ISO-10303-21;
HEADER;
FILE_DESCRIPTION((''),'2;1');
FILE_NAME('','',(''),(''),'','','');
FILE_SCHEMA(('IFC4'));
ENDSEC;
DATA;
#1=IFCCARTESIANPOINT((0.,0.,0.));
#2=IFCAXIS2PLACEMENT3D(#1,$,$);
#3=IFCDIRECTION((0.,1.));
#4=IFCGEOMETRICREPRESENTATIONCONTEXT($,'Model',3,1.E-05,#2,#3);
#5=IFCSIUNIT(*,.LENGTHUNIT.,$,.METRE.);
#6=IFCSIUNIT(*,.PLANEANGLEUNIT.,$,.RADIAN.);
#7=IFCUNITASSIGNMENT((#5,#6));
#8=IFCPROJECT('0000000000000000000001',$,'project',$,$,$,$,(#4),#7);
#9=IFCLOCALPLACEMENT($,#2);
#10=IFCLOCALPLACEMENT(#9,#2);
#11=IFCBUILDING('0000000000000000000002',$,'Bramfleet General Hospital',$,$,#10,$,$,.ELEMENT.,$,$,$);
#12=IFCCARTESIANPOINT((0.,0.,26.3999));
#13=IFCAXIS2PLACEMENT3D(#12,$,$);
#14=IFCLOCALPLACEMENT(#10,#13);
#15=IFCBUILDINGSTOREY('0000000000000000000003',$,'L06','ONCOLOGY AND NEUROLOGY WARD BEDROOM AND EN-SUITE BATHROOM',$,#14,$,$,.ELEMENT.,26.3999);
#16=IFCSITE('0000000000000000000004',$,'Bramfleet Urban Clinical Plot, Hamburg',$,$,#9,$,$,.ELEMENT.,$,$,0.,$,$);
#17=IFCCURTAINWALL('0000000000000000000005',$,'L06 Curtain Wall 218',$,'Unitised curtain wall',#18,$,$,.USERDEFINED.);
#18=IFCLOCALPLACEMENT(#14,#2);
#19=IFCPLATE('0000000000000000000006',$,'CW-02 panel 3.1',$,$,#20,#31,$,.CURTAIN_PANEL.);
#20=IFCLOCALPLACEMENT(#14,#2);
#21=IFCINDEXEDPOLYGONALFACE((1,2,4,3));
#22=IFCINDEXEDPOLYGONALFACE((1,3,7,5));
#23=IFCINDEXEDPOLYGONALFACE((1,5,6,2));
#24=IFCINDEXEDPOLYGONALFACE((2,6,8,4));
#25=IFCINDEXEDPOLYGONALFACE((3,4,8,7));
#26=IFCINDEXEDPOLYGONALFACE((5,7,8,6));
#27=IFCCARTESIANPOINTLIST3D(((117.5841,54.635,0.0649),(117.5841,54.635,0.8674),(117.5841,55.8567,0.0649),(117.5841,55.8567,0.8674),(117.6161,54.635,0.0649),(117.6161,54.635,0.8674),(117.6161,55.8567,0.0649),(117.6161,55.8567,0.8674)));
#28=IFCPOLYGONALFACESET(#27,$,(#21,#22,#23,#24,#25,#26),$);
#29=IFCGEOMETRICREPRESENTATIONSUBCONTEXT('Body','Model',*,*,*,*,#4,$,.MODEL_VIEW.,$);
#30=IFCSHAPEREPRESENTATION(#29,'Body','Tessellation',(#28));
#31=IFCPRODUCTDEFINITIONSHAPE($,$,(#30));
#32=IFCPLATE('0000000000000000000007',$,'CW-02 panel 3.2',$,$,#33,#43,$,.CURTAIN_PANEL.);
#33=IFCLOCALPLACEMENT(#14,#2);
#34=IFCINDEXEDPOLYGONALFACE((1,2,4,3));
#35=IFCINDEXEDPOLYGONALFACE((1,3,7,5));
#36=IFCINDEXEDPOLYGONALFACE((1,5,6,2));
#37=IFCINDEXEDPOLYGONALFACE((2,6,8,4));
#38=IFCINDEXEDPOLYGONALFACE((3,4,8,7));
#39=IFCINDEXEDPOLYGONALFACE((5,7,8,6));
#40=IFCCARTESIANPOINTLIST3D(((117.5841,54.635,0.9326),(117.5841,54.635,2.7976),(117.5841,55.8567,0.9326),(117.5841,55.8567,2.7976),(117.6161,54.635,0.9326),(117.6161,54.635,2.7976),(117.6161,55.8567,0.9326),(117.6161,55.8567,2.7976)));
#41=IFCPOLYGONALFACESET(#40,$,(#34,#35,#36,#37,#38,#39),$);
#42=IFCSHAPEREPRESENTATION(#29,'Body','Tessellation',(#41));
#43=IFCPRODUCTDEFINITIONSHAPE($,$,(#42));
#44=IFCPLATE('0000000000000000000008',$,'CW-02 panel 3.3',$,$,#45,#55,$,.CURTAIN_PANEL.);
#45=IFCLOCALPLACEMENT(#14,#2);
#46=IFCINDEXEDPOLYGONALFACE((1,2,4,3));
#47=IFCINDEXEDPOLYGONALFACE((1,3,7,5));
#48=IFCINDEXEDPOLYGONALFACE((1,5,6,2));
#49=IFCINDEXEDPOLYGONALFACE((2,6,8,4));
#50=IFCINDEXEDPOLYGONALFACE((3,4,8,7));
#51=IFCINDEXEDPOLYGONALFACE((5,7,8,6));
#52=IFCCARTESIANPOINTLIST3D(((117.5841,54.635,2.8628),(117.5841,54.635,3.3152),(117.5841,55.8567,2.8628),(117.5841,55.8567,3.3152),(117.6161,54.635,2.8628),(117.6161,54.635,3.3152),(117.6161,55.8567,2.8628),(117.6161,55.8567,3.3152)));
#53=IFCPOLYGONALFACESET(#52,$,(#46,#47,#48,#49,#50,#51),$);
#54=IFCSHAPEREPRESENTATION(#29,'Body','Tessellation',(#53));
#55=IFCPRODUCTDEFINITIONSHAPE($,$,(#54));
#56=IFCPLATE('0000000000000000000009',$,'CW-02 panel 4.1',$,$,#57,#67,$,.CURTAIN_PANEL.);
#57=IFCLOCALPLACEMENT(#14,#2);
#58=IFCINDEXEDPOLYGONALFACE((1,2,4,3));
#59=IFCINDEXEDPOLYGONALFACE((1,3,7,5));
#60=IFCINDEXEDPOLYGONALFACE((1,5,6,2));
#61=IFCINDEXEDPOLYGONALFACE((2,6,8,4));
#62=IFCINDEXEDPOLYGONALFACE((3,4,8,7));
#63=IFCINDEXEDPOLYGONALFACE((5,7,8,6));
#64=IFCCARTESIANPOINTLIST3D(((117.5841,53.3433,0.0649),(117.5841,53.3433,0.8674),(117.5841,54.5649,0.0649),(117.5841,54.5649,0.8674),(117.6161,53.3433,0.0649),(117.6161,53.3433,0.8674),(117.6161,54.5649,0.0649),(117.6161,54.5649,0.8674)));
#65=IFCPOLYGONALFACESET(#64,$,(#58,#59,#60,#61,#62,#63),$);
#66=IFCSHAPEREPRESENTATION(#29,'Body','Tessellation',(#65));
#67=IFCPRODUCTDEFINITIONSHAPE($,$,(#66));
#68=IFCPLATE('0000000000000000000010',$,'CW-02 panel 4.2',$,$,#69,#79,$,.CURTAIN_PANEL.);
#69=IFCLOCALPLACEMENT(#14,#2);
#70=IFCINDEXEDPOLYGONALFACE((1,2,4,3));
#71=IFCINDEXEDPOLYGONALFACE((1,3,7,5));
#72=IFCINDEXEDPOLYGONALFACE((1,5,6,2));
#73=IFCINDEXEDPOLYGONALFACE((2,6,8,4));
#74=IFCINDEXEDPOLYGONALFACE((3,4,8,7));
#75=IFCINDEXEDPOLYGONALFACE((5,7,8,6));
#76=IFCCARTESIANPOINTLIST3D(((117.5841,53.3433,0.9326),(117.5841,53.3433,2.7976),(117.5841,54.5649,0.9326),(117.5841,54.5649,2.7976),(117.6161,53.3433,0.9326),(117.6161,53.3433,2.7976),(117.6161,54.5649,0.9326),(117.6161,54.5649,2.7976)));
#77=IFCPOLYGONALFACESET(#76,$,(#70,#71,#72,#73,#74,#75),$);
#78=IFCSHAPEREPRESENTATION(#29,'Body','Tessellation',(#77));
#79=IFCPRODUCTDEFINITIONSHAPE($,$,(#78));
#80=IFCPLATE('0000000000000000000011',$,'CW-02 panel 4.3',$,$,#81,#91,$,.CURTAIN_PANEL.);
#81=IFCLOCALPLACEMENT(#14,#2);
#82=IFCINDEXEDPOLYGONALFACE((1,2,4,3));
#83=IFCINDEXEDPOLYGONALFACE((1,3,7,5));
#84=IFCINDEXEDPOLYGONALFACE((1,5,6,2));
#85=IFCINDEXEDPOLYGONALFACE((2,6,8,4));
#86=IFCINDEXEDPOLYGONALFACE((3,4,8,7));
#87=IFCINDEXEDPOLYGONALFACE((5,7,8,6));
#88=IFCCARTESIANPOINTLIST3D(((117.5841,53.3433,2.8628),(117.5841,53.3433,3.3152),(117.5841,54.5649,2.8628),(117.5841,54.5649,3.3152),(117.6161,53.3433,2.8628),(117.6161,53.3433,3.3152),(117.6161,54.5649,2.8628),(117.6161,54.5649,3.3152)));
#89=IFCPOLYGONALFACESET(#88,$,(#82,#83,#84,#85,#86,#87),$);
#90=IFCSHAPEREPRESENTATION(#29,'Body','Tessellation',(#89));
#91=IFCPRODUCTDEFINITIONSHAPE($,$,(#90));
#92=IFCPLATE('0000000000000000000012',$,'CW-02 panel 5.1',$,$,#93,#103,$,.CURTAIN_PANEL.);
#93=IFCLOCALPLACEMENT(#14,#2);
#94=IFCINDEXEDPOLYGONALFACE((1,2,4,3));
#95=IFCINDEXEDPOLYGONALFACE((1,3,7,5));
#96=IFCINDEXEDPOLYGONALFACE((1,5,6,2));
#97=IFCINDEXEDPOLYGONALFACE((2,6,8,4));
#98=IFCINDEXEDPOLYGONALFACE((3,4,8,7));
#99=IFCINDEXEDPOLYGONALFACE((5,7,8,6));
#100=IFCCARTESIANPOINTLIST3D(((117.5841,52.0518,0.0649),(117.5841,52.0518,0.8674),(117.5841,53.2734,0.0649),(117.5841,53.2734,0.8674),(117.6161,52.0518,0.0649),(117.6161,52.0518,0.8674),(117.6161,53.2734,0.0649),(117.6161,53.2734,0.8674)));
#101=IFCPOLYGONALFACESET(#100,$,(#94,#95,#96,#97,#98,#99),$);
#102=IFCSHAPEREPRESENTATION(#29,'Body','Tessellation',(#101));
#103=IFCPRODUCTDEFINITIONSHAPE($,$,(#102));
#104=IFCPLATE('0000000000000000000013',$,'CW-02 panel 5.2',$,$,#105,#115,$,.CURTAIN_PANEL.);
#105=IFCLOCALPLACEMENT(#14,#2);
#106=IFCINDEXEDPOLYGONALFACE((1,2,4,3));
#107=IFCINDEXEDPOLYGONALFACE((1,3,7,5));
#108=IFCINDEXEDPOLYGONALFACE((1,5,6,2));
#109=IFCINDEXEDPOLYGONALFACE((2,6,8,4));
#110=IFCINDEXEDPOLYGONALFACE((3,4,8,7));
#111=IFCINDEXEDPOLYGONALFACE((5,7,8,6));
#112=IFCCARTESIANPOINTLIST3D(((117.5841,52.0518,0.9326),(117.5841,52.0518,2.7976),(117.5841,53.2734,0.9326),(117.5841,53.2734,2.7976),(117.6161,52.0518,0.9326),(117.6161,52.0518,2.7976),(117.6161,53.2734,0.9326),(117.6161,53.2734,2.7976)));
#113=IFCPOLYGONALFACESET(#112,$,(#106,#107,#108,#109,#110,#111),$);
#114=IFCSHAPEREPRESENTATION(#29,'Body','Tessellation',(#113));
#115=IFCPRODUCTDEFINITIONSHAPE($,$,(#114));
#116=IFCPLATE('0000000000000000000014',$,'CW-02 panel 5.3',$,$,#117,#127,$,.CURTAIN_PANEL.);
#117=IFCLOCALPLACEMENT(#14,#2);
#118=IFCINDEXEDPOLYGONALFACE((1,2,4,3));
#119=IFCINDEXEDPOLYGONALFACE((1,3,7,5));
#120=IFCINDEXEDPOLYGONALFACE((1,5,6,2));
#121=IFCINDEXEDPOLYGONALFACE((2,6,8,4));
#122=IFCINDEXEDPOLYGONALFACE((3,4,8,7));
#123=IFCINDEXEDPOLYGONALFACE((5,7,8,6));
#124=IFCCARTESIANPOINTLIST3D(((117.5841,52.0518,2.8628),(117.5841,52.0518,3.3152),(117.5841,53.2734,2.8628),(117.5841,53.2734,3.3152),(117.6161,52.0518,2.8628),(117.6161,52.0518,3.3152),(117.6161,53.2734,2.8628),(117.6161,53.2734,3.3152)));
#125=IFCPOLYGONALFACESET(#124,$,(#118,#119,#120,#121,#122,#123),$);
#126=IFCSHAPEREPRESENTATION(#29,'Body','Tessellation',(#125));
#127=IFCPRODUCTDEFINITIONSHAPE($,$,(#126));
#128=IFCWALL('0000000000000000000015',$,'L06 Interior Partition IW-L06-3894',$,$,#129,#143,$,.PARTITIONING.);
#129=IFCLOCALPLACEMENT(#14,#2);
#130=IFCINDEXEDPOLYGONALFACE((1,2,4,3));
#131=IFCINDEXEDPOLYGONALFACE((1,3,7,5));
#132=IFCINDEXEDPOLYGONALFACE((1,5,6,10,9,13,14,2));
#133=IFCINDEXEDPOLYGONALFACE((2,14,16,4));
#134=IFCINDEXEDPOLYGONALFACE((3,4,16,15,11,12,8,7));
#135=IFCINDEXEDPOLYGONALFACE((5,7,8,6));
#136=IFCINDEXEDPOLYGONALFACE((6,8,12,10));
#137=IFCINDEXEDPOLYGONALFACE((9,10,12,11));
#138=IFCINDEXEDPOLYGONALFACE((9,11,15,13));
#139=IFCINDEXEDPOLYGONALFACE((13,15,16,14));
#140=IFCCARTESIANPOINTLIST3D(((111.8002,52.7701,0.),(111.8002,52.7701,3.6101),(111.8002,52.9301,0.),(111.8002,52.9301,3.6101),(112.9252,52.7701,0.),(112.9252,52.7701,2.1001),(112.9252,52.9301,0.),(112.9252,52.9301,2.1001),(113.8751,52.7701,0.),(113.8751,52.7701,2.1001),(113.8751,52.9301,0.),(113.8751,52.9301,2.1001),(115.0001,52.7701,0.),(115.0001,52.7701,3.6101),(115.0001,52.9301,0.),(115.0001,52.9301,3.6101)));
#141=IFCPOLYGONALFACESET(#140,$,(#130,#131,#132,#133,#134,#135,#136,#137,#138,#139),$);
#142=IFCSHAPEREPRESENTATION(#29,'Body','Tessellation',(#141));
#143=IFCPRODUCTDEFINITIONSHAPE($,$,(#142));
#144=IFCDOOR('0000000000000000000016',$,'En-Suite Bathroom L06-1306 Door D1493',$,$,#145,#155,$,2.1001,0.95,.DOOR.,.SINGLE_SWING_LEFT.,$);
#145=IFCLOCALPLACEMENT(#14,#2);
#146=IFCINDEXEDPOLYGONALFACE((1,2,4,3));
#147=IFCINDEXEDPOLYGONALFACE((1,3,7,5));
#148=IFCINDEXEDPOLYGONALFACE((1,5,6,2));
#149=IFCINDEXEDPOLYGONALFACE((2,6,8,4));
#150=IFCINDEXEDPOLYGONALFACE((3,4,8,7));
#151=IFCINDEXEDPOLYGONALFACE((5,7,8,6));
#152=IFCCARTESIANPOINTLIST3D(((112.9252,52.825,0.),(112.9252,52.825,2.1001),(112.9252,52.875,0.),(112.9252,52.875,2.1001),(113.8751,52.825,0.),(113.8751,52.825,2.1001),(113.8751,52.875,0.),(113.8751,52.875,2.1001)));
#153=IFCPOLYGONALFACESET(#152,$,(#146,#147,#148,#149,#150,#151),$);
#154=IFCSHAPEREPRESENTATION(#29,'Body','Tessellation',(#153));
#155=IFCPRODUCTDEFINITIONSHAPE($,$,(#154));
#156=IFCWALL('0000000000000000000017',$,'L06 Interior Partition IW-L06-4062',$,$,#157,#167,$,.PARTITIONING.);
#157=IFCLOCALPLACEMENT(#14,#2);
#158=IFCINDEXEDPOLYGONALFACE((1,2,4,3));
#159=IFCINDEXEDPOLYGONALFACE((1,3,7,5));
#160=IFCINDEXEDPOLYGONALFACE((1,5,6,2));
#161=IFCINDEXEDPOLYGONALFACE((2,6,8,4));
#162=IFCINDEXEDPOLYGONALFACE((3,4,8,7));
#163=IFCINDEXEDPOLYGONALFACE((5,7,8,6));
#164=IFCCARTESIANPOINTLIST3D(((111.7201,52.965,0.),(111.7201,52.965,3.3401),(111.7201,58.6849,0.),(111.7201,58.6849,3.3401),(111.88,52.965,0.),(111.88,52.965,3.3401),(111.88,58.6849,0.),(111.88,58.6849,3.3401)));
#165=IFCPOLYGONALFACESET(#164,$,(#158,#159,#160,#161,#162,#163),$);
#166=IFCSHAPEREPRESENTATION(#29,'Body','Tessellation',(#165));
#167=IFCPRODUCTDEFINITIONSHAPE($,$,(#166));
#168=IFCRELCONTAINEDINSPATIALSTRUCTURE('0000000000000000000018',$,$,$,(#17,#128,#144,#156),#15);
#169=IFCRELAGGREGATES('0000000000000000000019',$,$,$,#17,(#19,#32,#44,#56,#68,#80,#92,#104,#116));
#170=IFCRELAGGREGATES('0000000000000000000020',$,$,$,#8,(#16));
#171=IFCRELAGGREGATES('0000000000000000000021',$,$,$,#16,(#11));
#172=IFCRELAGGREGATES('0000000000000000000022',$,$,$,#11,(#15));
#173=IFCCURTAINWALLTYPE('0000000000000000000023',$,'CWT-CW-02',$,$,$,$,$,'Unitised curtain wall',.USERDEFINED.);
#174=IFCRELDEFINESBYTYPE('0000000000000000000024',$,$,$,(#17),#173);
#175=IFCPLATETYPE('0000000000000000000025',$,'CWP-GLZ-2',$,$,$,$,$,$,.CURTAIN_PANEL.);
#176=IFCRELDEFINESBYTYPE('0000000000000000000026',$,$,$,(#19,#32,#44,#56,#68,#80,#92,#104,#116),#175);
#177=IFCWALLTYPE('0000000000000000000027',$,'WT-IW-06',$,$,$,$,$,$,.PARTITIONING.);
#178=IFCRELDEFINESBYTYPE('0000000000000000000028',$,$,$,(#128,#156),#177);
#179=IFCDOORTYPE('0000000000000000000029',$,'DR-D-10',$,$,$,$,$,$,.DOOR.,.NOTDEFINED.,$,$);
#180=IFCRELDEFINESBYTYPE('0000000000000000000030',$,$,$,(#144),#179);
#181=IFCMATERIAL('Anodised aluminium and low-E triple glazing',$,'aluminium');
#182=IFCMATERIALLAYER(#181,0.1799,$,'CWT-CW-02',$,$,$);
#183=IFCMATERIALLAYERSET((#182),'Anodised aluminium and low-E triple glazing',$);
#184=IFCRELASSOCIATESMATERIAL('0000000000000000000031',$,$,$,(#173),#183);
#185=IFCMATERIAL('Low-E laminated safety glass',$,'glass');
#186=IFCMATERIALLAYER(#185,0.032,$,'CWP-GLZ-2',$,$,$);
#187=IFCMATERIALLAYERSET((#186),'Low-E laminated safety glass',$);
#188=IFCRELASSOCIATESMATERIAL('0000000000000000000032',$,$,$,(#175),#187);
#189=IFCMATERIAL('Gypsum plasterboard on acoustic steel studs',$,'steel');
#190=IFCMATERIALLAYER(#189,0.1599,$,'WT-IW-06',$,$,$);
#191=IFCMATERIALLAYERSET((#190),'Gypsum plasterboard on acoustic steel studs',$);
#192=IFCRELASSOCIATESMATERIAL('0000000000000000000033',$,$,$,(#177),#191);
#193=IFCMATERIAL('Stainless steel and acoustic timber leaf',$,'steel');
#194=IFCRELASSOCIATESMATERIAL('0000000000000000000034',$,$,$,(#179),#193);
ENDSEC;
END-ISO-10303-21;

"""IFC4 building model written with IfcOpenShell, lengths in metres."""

from ifc_helpers import new_model, si_unit, direction, frame, frame_2d, origin, origin_2d, place, context, subcontext, project, spatial, rectangle, extrude, material, layer, layer_set, type_object, element, fill, aggregate, save


model = new_model("IFC4")

# Units and contexts
model_context = context("Model", 3, precision=1e-05, world=origin(), true_north=direction((0.0, 1.0)))
body_context = subcontext(model_context, "Body", "Model", "MODEL_VIEW")
ifc_project = project(units=[si_unit("LENGTHUNIT", "METRE"), si_unit("PLANEANGLEUNIT", "RADIAN")], contexts=[model_context])

# Site, building, storey
site_placement = place(None, origin())
site = spatial("IfcSite", under=ifc_project, at=site_placement, Name="Bramfleet Urban Clinical Plot, Hamburg", CompositionType="ELEMENT", RefElevation=0.0)
building_placement = place(site_placement, origin())
building = spatial("IfcBuilding", under=site, at=building_placement, Name="Bramfleet General Hospital", CompositionType="ELEMENT")
storey_placement = place(building_placement, frame((0.0, 0.0, 26.3999)))
storey = spatial("IfcBuildingStorey", under=building, at=storey_placement, Name="L06", Description="ONCOLOGY AND NEUROLOGY WARD BEDROOM AND EN-SUITE BATHROOM", CompositionType="ELEMENT", Elevation=26.3999)

# Curtain wall, plates
ifc_material_1 = material(Name="Anodised aluminium and low-E triple glazing", Category="aluminium")
ifc_layer_1 = layer(ifc_material_1, 0.1799, Name="CWT-CW-02")
ifc_layer_set_1 = layer_set([ifc_layer_1], Name="Anodised aluminium and low-E triple glazing")
curtain_wall_type = type_object("IfcCurtainWallType", Name="CWT-CW-02", ElementType="Unitised curtain wall", PredefinedType="USERDEFINED", material=ifc_layer_set_1)
curtain_wall_placement = place(storey_placement, origin())
curtain_wall = element("IfcCurtainWall", 1, at=curtain_wall_placement, inside=storey, type_object=curtain_wall_type, Name="L06 Curtain Wall 218", ObjectType="Unitised curtain wall", PredefinedType="USERDEFINED")
ifc_material_2 = material(Name="Low-E laminated safety glass", Category="glass")
ifc_layer_2 = layer(ifc_material_2, 0.032, Name="CWP-GLZ-2")
ifc_layer_set_2 = layer_set([ifc_layer_2], Name="Low-E laminated safety glass")
plate_type = type_object("IfcPlateType", Name="CWP-GLZ-2", PredefinedType="CURTAIN_PANEL", material=ifc_layer_set_2)
plate_1_placement = place(storey_placement, frame((117.6001, 55.2458, 0.0649), z_axis=(0.0, 0.0, 1.0), x_axis=(0.0, -1.0, 0.0)))
plate_1 = element("IfcPlate", 2, at=plate_1_placement, type_object=plate_type, Name="CW-02 panel 3.1", PredefinedType="CURTAIN_PANEL", context=body_context, shape_type="SweptSolid", body=[
    extrude(rectangle(XDim=1.2217, YDim=0.032, at=origin_2d()), origin(), (0.0, 0.0, 1.0), 0.8025),
])
plate_2_placement = place(storey_placement, frame((117.6001, 55.2458, 0.9326), z_axis=(0.0, 0.0, 1.0), x_axis=(0.0, -1.0, 0.0)))
plate_2 = element("IfcPlate", 3, at=plate_2_placement, type_object=plate_type, Name="CW-02 panel 3.2", PredefinedType="CURTAIN_PANEL", context=body_context, shape_type="SweptSolid", body=[
    extrude(rectangle(XDim=1.2217, YDim=0.032, at=origin_2d()), origin(), (0.0, 0.0, 1.0), 1.865),
])
plate_3_placement = place(storey_placement, frame((117.6001, 55.2458, 2.8628), z_axis=(0.0, 0.0, 1.0), x_axis=(0.0, -1.0, 0.0)))
plate_3 = element("IfcPlate", 4, at=plate_3_placement, type_object=plate_type, Name="CW-02 panel 3.3", PredefinedType="CURTAIN_PANEL", context=body_context, shape_type="SweptSolid", body=[
    extrude(rectangle(XDim=1.2217, YDim=0.032, at=origin_2d()), origin(), (0.0, 0.0, 1.0), 0.4524),
])
plate_4_placement = place(storey_placement, frame((117.6001, 53.9541, 0.0649), z_axis=(0.0, 0.0, 1.0), x_axis=(0.0, -1.0, 0.0)))
plate_4 = element("IfcPlate", 5, at=plate_4_placement, type_object=plate_type, Name="CW-02 panel 4.1", PredefinedType="CURTAIN_PANEL", context=body_context, shape_type="SweptSolid", body=[
    extrude(rectangle(XDim=1.2217, YDim=0.032, at=origin_2d()), origin(), (0.0, 0.0, 1.0), 0.8025),
])
plate_5_placement = place(storey_placement, frame((117.6001, 53.9541, 0.9326), z_axis=(0.0, 0.0, 1.0), x_axis=(0.0, -1.0, 0.0)))
plate_5 = element("IfcPlate", 6, at=plate_5_placement, type_object=plate_type, Name="CW-02 panel 4.2", PredefinedType="CURTAIN_PANEL", context=body_context, shape_type="SweptSolid", body=[
    extrude(rectangle(XDim=1.2217, YDim=0.032, at=origin_2d()), origin(), (0.0, 0.0, 1.0), 1.865),
])
plate_6_placement = place(storey_placement, frame((117.6001, 53.9541, 2.8628), z_axis=(0.0, 0.0, 1.0), x_axis=(0.0, -1.0, 0.0)))
plate_6 = element("IfcPlate", 7, at=plate_6_placement, type_object=plate_type, Name="CW-02 panel 4.3", PredefinedType="CURTAIN_PANEL", context=body_context, shape_type="SweptSolid", body=[
    extrude(rectangle(XDim=1.2217, YDim=0.032, at=origin_2d()), origin(), (0.0, 0.0, 1.0), 0.4524),
])
plate_7_placement = place(storey_placement, frame((117.6001, 52.6626, 0.0649), z_axis=(0.0, 0.0, 1.0), x_axis=(0.0, -1.0, 0.0)))
plate_7 = element("IfcPlate", 8, at=plate_7_placement, type_object=plate_type, Name="CW-02 panel 5.1", PredefinedType="CURTAIN_PANEL", context=body_context, shape_type="SweptSolid", body=[
    extrude(rectangle(XDim=1.2217, YDim=0.032, at=origin_2d()), origin(), (0.0, 0.0, 1.0), 0.8025),
])
plate_8_placement = place(storey_placement, frame((117.6001, 52.6626, 0.9326), z_axis=(0.0, 0.0, 1.0), x_axis=(0.0, -1.0, 0.0)))
plate_8 = element("IfcPlate", 9, at=plate_8_placement, type_object=plate_type, Name="CW-02 panel 5.2", PredefinedType="CURTAIN_PANEL", context=body_context, shape_type="SweptSolid", body=[
    extrude(rectangle(XDim=1.2217, YDim=0.032, at=origin_2d()), origin(), (0.0, 0.0, 1.0), 1.865),
])
plate_9_placement = place(storey_placement, frame((117.6001, 52.6626, 2.8628), z_axis=(0.0, 0.0, 1.0), x_axis=(0.0, -1.0, 0.0)))
plate_9 = element("IfcPlate", 10, at=plate_9_placement, type_object=plate_type, Name="CW-02 panel 5.3", PredefinedType="CURTAIN_PANEL", context=body_context, shape_type="SweptSolid", body=[
    extrude(rectangle(XDim=1.2217, YDim=0.032, at=origin_2d()), origin(), (0.0, 0.0, 1.0), 0.4524),
])
aggregate(curtain_wall, [plate_1, plate_2, plate_3, plate_4, plate_5, plate_6, plate_7, plate_8, plate_9])

# Wall, opening, door
ifc_material_3 = material(Name="Gypsum plasterboard on acoustic steel studs", Category="steel")
ifc_layer_3 = layer(ifc_material_3, 0.1599, Name="WT-IW-06")
ifc_layer_set_3 = layer_set([ifc_layer_3], Name="Gypsum plasterboard on acoustic steel studs")
wall_type = type_object("IfcWallType", Name="WT-IW-06", PredefinedType="PARTITIONING", material=ifc_layer_set_3)
wall_1_placement = place(storey_placement, frame((111.8, 52.8501, 0.0), z_axis=(0.0, 0.0, 1.0), x_axis=(1.0, 0.0, 0.0)))
wall_1 = element("IfcWall", 11, at=wall_1_placement, inside=storey, type_object=wall_type, Name="L06 Interior Partition IW-L06-3894", PredefinedType="PARTITIONING", context=body_context, shape_type="SweptSolid", body=[
    extrude(rectangle(XDim=3.2, YDim=0.1599, at=frame_2d((1.6001, 0.0))), origin(), (0.0, 0.0, 1.0), 3.6101),
])
opening_placement = place(wall_1_placement, frame((1.125, 0.0, 0.0)))
opening = element("IfcOpeningElement", 12, at=opening_placement, cuts=wall_1, PredefinedType="OPENING", context=body_context, shape_type="SweptSolid", body=[
    extrude(rectangle(XDim=0.95, YDim=2.1001, at=frame_2d((0.4751, 1.05))), frame((0.0, 0.0898, 0.0), z_axis=(0.0, -1.0, 0.0), x_axis=(1.0, 0.0, 0.0)), (0.0, 0.0, 1.0), 0.1799),
])
ifc_material_4 = material(Name="Stainless steel and acoustic timber leaf", Category="steel")
door_type = type_object("IfcDoorType", Name="DR-D-10", OperationType="NOTDEFINED", PredefinedType="DOOR", material=ifc_material_4)
door_placement = place(opening_placement, origin())
door = element("IfcDoor", 13, at=door_placement, inside=storey, type_object=door_type, Name="En-Suite Bathroom L06-1306 Door D1493", OperationType="SINGLE_SWING_LEFT", OverallHeight=2.1001, OverallWidth=0.95, PredefinedType="DOOR", context=body_context, shape_type="SweptSolid", body=[
    extrude(rectangle(XDim=0.95, YDim=2.1001, at=frame_2d((0.4751, 1.05))), frame((0.0, 0.0249, 0.0), z_axis=(0.0, -1.0, 0.0), x_axis=(1.0, 0.0, 0.0)), (0.0, 0.0, 1.0), 0.05),
])
fill(opening, door)

# Wall
wall_2_placement = place(storey_placement, frame((111.8, 52.9651, 0.0), z_axis=(0.0, 0.0, 1.0), x_axis=(0.0, 1.0, 0.0)))
element("IfcWall", 14, at=wall_2_placement, inside=storey, type_object=wall_type, Name="L06 Interior Partition IW-L06-4062", PredefinedType="PARTITIONING", context=body_context, shape_type="SweptSolid", body=[
    extrude(rectangle(XDim=5.72, YDim=0.1599, at=frame_2d((2.8599, 0.0))), origin(), (0.0, 0.0, 1.0), 3.3401),
])

save(model, "model.ifc")
